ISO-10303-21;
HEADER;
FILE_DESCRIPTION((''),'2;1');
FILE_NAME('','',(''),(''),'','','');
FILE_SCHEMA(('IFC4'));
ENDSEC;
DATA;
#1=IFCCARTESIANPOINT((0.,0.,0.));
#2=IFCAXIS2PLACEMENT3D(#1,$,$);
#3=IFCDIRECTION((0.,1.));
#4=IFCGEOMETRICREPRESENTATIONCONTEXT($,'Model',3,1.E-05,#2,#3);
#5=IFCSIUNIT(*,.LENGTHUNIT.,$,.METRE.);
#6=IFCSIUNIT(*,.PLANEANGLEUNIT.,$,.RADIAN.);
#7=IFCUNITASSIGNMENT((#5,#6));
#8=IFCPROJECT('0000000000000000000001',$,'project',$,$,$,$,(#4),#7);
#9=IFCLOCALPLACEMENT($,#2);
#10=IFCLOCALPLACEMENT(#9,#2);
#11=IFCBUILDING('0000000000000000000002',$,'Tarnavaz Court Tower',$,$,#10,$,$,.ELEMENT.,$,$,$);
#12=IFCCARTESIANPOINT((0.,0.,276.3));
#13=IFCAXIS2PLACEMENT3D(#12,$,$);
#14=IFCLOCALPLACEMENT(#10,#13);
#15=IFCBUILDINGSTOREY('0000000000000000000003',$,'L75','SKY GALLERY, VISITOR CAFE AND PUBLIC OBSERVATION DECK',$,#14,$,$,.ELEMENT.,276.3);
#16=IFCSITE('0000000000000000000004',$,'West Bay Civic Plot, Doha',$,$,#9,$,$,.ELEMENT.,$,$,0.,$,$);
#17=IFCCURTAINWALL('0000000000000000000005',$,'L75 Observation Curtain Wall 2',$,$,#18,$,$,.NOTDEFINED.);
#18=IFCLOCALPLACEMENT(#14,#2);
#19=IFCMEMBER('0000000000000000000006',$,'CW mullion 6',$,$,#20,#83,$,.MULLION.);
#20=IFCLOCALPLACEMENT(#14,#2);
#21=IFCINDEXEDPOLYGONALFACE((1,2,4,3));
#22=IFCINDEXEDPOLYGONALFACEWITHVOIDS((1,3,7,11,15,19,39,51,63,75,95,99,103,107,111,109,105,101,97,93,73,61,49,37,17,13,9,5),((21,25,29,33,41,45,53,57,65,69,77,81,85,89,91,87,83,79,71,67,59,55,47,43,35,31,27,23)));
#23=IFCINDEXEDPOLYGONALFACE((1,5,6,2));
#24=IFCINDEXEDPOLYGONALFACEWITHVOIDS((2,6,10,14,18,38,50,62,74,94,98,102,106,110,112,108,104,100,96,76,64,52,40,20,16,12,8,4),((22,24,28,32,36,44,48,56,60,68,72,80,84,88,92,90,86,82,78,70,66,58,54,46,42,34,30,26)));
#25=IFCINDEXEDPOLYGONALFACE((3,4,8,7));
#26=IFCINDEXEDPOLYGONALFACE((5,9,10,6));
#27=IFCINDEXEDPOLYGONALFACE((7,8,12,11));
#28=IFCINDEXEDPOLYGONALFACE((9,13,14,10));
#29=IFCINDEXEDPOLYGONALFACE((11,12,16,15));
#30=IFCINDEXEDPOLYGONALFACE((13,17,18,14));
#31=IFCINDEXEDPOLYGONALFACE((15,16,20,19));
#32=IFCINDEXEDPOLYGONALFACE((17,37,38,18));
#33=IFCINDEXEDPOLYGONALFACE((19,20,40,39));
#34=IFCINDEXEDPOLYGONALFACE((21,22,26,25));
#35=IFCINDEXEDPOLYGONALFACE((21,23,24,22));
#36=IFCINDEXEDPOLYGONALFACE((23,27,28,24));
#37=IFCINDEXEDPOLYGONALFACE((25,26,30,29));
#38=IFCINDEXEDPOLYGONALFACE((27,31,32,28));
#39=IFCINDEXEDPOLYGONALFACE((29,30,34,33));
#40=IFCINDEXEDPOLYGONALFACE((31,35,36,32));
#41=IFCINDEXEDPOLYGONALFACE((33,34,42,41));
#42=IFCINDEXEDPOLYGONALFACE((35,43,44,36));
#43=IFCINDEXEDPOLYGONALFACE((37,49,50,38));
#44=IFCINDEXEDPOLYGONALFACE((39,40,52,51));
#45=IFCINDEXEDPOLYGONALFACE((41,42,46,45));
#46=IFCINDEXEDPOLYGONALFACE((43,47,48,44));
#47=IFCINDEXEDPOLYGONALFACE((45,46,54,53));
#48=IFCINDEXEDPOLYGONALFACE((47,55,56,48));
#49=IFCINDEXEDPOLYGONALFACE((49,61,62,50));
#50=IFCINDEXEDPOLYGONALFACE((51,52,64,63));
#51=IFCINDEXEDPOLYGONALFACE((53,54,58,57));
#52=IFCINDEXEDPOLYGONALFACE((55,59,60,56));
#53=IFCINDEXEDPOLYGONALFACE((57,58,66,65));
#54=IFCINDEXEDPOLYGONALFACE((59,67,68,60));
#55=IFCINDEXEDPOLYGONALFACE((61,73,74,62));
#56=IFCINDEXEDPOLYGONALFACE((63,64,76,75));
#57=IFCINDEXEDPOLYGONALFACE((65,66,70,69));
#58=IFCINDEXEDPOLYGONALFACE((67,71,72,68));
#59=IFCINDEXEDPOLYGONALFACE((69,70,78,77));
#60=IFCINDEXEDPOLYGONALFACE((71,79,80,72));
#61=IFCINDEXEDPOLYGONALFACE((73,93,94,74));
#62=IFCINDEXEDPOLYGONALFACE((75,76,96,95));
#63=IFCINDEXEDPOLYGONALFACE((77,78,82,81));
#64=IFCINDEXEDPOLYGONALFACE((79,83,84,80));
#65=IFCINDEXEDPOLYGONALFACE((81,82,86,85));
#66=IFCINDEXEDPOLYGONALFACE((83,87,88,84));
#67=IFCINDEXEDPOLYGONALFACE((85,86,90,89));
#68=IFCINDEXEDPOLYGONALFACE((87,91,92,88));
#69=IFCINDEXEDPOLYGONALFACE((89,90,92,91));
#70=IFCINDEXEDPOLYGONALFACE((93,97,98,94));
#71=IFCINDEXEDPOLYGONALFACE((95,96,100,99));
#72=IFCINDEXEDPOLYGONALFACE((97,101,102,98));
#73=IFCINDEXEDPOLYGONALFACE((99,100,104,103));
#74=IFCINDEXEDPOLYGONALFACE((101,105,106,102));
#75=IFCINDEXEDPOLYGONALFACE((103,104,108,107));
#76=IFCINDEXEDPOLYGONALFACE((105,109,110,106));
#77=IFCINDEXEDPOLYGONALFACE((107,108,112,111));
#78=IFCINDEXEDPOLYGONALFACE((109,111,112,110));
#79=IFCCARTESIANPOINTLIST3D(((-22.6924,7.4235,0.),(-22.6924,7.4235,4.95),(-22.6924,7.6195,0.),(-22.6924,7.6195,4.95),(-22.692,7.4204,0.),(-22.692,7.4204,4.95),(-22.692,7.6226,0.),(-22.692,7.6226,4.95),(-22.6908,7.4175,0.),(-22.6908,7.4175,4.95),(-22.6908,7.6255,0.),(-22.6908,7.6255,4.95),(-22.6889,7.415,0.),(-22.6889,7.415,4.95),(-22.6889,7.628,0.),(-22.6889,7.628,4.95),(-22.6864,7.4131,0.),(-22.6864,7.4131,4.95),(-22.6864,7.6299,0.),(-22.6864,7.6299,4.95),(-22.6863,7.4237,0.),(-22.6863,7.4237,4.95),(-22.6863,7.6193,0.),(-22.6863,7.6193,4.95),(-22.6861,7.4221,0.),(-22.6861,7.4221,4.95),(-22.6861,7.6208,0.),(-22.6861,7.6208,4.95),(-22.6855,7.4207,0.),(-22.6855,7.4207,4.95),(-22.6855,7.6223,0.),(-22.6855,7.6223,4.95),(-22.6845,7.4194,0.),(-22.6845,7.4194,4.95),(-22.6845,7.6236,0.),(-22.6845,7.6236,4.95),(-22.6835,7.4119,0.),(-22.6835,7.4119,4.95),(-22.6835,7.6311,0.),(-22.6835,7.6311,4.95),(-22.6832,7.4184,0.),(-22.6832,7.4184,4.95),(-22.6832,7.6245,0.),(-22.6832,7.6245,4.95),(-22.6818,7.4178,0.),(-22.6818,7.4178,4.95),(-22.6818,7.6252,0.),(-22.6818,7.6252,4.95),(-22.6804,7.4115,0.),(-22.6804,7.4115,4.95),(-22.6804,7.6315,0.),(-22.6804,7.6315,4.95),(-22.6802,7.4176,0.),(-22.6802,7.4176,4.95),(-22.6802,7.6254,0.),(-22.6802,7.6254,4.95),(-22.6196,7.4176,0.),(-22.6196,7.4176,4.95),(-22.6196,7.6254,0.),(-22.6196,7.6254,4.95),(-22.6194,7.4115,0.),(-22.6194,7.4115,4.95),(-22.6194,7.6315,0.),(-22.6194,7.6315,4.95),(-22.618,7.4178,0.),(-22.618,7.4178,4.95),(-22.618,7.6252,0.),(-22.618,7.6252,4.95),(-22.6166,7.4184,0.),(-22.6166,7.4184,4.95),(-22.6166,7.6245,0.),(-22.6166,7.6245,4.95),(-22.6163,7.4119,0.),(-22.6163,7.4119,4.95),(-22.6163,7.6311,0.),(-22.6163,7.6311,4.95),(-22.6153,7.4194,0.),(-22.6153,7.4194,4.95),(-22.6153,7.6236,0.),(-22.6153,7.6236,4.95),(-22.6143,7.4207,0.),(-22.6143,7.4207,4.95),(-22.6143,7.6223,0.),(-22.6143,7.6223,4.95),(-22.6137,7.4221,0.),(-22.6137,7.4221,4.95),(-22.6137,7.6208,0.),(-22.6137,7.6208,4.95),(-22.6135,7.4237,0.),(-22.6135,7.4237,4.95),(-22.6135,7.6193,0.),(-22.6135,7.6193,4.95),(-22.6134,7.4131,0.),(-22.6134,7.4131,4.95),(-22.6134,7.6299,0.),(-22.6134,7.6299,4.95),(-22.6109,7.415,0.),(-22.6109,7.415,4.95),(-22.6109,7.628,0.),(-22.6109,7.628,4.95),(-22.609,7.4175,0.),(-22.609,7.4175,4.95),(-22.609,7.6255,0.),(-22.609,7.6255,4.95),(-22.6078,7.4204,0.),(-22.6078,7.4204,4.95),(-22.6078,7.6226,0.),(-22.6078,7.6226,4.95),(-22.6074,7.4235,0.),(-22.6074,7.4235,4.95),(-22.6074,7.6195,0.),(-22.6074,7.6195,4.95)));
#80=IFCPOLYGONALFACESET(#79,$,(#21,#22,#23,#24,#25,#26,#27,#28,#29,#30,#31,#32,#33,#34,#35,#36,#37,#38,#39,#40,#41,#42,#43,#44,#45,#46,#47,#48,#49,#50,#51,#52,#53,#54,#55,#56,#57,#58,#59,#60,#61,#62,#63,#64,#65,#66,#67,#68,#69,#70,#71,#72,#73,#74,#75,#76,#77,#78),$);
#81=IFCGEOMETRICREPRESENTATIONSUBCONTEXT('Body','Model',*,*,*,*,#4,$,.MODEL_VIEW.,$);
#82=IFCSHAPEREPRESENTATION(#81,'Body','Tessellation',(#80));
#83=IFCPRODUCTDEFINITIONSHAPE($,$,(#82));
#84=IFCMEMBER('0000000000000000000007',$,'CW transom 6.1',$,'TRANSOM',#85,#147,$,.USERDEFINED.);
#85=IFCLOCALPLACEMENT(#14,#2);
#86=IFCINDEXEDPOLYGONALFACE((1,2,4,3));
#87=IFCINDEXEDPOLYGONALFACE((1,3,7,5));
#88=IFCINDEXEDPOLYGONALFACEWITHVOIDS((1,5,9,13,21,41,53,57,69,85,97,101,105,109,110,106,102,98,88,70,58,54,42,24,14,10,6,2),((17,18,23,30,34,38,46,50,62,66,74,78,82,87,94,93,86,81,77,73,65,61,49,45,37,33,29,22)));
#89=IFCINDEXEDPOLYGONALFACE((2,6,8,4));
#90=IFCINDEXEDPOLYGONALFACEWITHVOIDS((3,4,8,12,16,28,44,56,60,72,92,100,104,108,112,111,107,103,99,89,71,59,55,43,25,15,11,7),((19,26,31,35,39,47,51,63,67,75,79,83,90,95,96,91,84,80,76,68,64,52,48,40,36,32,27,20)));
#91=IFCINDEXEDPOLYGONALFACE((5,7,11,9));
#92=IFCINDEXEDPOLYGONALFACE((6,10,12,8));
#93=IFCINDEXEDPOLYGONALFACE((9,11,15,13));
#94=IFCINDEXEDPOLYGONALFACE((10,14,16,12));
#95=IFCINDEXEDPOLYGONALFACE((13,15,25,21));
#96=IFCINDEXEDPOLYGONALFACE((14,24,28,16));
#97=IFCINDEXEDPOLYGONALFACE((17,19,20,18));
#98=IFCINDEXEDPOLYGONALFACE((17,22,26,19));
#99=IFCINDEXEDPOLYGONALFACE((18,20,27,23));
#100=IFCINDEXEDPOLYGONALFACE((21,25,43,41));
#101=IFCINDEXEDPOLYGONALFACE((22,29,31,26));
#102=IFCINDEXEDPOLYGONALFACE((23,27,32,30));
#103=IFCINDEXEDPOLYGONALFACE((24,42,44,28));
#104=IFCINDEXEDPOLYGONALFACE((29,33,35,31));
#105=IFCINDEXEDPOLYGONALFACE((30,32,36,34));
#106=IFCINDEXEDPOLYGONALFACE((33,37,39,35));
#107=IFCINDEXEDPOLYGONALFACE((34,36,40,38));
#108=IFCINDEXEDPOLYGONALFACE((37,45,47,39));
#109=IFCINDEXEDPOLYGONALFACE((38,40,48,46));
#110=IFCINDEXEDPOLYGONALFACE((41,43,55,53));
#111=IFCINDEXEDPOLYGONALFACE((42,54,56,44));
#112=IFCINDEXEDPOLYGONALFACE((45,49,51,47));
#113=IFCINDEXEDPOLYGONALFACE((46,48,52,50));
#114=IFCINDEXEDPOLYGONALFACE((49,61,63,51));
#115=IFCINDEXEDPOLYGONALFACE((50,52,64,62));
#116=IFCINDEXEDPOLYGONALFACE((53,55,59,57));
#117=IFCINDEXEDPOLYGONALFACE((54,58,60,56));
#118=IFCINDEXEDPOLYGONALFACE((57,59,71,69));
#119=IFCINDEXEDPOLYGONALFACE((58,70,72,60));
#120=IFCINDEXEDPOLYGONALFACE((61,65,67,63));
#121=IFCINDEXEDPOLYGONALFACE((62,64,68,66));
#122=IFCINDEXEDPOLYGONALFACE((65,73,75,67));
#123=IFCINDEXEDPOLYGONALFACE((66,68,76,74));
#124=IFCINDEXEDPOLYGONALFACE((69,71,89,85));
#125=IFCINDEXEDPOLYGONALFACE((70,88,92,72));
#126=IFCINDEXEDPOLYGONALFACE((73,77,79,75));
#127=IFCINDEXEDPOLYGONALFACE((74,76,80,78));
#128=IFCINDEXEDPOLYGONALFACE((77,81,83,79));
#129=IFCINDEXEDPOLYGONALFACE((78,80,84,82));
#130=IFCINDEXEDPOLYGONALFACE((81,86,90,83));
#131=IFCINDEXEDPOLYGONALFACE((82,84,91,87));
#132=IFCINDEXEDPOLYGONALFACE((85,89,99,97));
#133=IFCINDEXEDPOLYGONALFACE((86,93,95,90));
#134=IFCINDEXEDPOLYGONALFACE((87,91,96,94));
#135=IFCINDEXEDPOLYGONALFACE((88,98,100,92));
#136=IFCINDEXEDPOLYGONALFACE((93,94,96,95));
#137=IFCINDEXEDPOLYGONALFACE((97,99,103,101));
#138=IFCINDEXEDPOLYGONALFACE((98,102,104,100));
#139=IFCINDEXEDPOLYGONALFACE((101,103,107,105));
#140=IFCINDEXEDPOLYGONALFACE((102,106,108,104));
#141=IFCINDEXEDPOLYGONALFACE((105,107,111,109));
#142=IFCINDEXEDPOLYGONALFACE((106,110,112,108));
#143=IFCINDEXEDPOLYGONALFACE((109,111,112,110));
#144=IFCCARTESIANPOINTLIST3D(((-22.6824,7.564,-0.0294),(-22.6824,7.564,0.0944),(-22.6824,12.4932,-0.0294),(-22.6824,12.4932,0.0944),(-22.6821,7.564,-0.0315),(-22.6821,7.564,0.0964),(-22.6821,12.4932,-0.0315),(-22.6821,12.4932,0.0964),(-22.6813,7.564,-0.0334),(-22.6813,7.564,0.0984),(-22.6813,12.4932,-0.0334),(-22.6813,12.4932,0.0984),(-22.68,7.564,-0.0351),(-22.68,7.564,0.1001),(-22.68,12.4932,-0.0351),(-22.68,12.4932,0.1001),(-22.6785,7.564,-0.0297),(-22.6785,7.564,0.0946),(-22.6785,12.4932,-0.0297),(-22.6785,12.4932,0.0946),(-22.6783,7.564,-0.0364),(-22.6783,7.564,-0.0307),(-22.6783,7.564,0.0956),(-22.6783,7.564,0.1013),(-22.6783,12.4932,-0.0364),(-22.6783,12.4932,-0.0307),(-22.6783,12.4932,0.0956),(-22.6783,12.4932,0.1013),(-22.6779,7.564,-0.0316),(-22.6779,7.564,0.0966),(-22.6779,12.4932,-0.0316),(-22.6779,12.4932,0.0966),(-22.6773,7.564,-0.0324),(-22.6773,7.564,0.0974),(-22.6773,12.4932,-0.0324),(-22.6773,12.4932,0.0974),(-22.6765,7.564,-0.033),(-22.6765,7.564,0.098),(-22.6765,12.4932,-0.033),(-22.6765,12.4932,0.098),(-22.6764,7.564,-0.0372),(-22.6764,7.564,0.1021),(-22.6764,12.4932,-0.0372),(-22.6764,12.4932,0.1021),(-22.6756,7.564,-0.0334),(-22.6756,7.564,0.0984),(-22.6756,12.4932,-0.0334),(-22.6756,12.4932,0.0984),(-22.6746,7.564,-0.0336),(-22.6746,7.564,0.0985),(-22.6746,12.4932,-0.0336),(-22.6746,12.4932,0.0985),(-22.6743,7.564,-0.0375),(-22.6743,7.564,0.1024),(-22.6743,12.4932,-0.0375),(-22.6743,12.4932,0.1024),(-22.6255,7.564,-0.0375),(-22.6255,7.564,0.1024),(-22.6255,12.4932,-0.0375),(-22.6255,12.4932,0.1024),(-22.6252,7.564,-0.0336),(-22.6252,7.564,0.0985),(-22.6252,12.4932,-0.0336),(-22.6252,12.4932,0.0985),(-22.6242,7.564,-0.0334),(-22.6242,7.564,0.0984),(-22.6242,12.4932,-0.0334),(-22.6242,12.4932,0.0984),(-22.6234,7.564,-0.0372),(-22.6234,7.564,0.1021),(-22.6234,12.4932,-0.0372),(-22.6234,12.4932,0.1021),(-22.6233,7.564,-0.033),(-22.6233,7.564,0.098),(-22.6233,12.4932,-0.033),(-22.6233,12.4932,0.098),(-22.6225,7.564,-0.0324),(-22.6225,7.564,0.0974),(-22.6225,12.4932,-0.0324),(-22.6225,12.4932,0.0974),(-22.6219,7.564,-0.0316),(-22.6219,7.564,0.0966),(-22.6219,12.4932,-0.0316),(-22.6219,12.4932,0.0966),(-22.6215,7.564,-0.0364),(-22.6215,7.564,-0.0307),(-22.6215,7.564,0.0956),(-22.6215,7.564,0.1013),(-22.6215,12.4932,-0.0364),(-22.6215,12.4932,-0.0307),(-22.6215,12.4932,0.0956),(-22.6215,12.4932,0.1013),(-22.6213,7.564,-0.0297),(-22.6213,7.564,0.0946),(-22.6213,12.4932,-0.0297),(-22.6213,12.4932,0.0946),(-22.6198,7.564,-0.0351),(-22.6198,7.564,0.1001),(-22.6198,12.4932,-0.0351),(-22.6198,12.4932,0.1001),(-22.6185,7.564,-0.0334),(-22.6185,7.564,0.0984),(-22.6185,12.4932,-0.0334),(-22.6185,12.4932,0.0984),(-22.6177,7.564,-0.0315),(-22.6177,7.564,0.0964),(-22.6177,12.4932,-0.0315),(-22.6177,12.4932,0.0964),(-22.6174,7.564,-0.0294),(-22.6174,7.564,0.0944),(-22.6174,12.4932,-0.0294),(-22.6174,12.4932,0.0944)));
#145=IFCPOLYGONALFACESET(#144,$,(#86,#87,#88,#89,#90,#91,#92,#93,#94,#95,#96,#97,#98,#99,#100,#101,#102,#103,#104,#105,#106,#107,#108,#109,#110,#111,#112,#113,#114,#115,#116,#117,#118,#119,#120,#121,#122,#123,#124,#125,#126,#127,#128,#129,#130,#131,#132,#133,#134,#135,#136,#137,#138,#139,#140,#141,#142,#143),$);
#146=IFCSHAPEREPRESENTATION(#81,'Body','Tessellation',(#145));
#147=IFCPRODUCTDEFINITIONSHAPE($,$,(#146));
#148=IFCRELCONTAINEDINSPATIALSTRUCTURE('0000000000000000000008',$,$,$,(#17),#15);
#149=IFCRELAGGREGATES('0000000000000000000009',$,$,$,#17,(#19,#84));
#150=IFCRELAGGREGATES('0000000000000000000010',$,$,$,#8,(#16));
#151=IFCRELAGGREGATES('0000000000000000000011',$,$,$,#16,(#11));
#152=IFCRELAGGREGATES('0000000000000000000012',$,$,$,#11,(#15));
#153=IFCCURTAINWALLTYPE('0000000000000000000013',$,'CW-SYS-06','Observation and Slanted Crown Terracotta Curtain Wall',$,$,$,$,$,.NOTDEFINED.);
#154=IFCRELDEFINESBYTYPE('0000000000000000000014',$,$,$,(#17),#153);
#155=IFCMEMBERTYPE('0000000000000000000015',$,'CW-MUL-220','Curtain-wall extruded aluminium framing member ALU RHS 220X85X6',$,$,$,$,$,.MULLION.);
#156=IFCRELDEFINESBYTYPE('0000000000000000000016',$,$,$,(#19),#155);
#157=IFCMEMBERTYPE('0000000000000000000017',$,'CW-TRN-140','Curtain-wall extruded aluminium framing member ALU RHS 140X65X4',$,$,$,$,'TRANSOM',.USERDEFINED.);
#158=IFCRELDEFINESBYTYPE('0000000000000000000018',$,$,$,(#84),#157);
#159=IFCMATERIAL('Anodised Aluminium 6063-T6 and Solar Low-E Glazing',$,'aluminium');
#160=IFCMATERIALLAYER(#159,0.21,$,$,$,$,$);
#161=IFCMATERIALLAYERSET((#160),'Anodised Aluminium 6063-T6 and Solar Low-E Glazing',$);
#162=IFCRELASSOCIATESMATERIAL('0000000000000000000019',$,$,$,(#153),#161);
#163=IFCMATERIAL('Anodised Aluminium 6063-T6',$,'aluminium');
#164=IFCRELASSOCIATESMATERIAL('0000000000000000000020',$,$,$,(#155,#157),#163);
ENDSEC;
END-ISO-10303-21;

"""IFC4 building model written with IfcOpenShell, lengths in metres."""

from ifc_helpers import new_model, si_unit, direction, frame, origin, origin_2d, place, context, subcontext, project, spatial, hollow_rectangle, extrude, material, layer, layer_set, material_profile, profile_set, type_object, element, aggregate, save


model = new_model("IFC4")

# Units and contexts
model_context = context("Model", 3, precision=1e-05, world=origin(), true_north=direction((0.0, 1.0)))
body_context = subcontext(model_context, "Body", "Model", "MODEL_VIEW")
ifc_project = project(units=[si_unit("LENGTHUNIT", "METRE"), si_unit("PLANEANGLEUNIT", "RADIAN")], contexts=[model_context])

# Site, building, storey
site_placement = place(None, origin())
site = spatial("IfcSite", under=ifc_project, at=site_placement, Name="West Bay Civic Plot, Doha", CompositionType="ELEMENT", RefElevation=0.0)
building_placement = place(site_placement, origin())
building = spatial("IfcBuilding", under=site, at=building_placement, Name="Tarnavaz Court Tower", CompositionType="ELEMENT")
storey_placement = place(building_placement, frame((0.0, 0.0, 276.3)))
storey = spatial("IfcBuildingStorey", under=building, at=storey_placement, Name="L75", Description="SKY GALLERY, VISITOR CAFE AND PUBLIC OBSERVATION DECK", CompositionType="ELEMENT", Elevation=276.3)

# Curtain wall, members
ifc_material_1 = material(Name="Anodised Aluminium 6063-T6 and Solar Low-E Glazing", Category="aluminium")
ifc_layer_1 = layer(ifc_material_1, 0.21)
ifc_layer_set_1 = layer_set([ifc_layer_1], Name="Anodised Aluminium 6063-T6 and Solar Low-E Glazing")
curtain_wall_type = type_object("IfcCurtainWallType", Name="CW-SYS-06", Description="Observation and Slanted Crown Terracotta Curtain Wall", PredefinedType="NOTDEFINED", material=ifc_layer_set_1)
curtain_wall_placement = place(storey_placement, origin())
curtain_wall = element("IfcCurtainWall", 1, at=curtain_wall_placement, inside=storey, type_object=curtain_wall_type, Name="L75 Observation Curtain Wall 2", PredefinedType="NOTDEFINED")
ifc_material_2 = material(Name="Anodised Aluminium 6063-T6", Category="aluminium")
ifc_material_profile_1 = material_profile(ifc_material_2, hollow_rectangle(XDim=0.085, YDim=0.22, WallThickness=0.0061, InnerFilletRadius=0.0061, OuterFilletRadius=0.012, at=origin_2d()), Name="ALU RHS 220X85X6")
ifc_profile_set_1 = profile_set([ifc_material_profile_1], Name="Anodised Aluminium 6063-T6")
member_type_1 = type_object("IfcMemberType", Name="CW-MUL-220", Description="Curtain-wall extruded aluminium framing member ALU RHS 220X85X6", PredefinedType="MULLION", material=ifc_profile_set_1)
member_1_placement = place(storey_placement, frame((-22.6499, 7.5215, 0.0), z_axis=(0.0, 0.0, 1.0), x_axis=(-1.0, 0.0, 0.0)))
member_1 = element("IfcMember", 2, at=member_1_placement, type_object=member_type_1, Name="CW mullion 6", PredefinedType="MULLION", context=body_context, shape_type="SweptSolid", body=[
    extrude(hollow_rectangle(XDim=0.085, YDim=0.22, WallThickness=0.0061, InnerFilletRadius=0.0061, OuterFilletRadius=0.012, at=origin_2d()), origin(), (0.0, 0.0, 1.0), 4.95),
])
ifc_material_profile_2 = material_profile(ifc_material_2, hollow_rectangle(XDim=0.0649, YDim=0.1399, WallThickness=0.0039, InnerFilletRadius=0.0039, OuterFilletRadius=0.0081, at=origin_2d()), Name="ALU RHS 140X65X4")
ifc_profile_set_2 = profile_set([ifc_material_profile_2], Name="Anodised Aluminium 6063-T6")
member_type_2 = type_object("IfcMemberType", Name="CW-TRN-140", Description="Curtain-wall extruded aluminium framing member ALU RHS 140X65X4", ElementType="TRANSOM", PredefinedType="USERDEFINED", material=ifc_profile_set_2)
member_2_placement = place(storey_placement, frame((-22.6499, 7.564, 0.0325), z_axis=(0.0, 1.0, 0.0), x_axis=(-1.0, 0.0, 0.0)))
member_2 = element("IfcMember", 3, at=member_2_placement, type_object=member_type_2, Name="CW transom 6.1", ObjectType="TRANSOM", PredefinedType="USERDEFINED", context=body_context, shape_type="SweptSolid", body=[
    extrude(hollow_rectangle(XDim=0.0649, YDim=0.1399, WallThickness=0.0039, InnerFilletRadius=0.0039, OuterFilletRadius=0.0081, at=origin_2d()), origin(), (0.0, 0.0, 1.0), 4.9292),
])
aggregate(curtain_wall, [member_1, member_2])

save(model, "model.ifc")
